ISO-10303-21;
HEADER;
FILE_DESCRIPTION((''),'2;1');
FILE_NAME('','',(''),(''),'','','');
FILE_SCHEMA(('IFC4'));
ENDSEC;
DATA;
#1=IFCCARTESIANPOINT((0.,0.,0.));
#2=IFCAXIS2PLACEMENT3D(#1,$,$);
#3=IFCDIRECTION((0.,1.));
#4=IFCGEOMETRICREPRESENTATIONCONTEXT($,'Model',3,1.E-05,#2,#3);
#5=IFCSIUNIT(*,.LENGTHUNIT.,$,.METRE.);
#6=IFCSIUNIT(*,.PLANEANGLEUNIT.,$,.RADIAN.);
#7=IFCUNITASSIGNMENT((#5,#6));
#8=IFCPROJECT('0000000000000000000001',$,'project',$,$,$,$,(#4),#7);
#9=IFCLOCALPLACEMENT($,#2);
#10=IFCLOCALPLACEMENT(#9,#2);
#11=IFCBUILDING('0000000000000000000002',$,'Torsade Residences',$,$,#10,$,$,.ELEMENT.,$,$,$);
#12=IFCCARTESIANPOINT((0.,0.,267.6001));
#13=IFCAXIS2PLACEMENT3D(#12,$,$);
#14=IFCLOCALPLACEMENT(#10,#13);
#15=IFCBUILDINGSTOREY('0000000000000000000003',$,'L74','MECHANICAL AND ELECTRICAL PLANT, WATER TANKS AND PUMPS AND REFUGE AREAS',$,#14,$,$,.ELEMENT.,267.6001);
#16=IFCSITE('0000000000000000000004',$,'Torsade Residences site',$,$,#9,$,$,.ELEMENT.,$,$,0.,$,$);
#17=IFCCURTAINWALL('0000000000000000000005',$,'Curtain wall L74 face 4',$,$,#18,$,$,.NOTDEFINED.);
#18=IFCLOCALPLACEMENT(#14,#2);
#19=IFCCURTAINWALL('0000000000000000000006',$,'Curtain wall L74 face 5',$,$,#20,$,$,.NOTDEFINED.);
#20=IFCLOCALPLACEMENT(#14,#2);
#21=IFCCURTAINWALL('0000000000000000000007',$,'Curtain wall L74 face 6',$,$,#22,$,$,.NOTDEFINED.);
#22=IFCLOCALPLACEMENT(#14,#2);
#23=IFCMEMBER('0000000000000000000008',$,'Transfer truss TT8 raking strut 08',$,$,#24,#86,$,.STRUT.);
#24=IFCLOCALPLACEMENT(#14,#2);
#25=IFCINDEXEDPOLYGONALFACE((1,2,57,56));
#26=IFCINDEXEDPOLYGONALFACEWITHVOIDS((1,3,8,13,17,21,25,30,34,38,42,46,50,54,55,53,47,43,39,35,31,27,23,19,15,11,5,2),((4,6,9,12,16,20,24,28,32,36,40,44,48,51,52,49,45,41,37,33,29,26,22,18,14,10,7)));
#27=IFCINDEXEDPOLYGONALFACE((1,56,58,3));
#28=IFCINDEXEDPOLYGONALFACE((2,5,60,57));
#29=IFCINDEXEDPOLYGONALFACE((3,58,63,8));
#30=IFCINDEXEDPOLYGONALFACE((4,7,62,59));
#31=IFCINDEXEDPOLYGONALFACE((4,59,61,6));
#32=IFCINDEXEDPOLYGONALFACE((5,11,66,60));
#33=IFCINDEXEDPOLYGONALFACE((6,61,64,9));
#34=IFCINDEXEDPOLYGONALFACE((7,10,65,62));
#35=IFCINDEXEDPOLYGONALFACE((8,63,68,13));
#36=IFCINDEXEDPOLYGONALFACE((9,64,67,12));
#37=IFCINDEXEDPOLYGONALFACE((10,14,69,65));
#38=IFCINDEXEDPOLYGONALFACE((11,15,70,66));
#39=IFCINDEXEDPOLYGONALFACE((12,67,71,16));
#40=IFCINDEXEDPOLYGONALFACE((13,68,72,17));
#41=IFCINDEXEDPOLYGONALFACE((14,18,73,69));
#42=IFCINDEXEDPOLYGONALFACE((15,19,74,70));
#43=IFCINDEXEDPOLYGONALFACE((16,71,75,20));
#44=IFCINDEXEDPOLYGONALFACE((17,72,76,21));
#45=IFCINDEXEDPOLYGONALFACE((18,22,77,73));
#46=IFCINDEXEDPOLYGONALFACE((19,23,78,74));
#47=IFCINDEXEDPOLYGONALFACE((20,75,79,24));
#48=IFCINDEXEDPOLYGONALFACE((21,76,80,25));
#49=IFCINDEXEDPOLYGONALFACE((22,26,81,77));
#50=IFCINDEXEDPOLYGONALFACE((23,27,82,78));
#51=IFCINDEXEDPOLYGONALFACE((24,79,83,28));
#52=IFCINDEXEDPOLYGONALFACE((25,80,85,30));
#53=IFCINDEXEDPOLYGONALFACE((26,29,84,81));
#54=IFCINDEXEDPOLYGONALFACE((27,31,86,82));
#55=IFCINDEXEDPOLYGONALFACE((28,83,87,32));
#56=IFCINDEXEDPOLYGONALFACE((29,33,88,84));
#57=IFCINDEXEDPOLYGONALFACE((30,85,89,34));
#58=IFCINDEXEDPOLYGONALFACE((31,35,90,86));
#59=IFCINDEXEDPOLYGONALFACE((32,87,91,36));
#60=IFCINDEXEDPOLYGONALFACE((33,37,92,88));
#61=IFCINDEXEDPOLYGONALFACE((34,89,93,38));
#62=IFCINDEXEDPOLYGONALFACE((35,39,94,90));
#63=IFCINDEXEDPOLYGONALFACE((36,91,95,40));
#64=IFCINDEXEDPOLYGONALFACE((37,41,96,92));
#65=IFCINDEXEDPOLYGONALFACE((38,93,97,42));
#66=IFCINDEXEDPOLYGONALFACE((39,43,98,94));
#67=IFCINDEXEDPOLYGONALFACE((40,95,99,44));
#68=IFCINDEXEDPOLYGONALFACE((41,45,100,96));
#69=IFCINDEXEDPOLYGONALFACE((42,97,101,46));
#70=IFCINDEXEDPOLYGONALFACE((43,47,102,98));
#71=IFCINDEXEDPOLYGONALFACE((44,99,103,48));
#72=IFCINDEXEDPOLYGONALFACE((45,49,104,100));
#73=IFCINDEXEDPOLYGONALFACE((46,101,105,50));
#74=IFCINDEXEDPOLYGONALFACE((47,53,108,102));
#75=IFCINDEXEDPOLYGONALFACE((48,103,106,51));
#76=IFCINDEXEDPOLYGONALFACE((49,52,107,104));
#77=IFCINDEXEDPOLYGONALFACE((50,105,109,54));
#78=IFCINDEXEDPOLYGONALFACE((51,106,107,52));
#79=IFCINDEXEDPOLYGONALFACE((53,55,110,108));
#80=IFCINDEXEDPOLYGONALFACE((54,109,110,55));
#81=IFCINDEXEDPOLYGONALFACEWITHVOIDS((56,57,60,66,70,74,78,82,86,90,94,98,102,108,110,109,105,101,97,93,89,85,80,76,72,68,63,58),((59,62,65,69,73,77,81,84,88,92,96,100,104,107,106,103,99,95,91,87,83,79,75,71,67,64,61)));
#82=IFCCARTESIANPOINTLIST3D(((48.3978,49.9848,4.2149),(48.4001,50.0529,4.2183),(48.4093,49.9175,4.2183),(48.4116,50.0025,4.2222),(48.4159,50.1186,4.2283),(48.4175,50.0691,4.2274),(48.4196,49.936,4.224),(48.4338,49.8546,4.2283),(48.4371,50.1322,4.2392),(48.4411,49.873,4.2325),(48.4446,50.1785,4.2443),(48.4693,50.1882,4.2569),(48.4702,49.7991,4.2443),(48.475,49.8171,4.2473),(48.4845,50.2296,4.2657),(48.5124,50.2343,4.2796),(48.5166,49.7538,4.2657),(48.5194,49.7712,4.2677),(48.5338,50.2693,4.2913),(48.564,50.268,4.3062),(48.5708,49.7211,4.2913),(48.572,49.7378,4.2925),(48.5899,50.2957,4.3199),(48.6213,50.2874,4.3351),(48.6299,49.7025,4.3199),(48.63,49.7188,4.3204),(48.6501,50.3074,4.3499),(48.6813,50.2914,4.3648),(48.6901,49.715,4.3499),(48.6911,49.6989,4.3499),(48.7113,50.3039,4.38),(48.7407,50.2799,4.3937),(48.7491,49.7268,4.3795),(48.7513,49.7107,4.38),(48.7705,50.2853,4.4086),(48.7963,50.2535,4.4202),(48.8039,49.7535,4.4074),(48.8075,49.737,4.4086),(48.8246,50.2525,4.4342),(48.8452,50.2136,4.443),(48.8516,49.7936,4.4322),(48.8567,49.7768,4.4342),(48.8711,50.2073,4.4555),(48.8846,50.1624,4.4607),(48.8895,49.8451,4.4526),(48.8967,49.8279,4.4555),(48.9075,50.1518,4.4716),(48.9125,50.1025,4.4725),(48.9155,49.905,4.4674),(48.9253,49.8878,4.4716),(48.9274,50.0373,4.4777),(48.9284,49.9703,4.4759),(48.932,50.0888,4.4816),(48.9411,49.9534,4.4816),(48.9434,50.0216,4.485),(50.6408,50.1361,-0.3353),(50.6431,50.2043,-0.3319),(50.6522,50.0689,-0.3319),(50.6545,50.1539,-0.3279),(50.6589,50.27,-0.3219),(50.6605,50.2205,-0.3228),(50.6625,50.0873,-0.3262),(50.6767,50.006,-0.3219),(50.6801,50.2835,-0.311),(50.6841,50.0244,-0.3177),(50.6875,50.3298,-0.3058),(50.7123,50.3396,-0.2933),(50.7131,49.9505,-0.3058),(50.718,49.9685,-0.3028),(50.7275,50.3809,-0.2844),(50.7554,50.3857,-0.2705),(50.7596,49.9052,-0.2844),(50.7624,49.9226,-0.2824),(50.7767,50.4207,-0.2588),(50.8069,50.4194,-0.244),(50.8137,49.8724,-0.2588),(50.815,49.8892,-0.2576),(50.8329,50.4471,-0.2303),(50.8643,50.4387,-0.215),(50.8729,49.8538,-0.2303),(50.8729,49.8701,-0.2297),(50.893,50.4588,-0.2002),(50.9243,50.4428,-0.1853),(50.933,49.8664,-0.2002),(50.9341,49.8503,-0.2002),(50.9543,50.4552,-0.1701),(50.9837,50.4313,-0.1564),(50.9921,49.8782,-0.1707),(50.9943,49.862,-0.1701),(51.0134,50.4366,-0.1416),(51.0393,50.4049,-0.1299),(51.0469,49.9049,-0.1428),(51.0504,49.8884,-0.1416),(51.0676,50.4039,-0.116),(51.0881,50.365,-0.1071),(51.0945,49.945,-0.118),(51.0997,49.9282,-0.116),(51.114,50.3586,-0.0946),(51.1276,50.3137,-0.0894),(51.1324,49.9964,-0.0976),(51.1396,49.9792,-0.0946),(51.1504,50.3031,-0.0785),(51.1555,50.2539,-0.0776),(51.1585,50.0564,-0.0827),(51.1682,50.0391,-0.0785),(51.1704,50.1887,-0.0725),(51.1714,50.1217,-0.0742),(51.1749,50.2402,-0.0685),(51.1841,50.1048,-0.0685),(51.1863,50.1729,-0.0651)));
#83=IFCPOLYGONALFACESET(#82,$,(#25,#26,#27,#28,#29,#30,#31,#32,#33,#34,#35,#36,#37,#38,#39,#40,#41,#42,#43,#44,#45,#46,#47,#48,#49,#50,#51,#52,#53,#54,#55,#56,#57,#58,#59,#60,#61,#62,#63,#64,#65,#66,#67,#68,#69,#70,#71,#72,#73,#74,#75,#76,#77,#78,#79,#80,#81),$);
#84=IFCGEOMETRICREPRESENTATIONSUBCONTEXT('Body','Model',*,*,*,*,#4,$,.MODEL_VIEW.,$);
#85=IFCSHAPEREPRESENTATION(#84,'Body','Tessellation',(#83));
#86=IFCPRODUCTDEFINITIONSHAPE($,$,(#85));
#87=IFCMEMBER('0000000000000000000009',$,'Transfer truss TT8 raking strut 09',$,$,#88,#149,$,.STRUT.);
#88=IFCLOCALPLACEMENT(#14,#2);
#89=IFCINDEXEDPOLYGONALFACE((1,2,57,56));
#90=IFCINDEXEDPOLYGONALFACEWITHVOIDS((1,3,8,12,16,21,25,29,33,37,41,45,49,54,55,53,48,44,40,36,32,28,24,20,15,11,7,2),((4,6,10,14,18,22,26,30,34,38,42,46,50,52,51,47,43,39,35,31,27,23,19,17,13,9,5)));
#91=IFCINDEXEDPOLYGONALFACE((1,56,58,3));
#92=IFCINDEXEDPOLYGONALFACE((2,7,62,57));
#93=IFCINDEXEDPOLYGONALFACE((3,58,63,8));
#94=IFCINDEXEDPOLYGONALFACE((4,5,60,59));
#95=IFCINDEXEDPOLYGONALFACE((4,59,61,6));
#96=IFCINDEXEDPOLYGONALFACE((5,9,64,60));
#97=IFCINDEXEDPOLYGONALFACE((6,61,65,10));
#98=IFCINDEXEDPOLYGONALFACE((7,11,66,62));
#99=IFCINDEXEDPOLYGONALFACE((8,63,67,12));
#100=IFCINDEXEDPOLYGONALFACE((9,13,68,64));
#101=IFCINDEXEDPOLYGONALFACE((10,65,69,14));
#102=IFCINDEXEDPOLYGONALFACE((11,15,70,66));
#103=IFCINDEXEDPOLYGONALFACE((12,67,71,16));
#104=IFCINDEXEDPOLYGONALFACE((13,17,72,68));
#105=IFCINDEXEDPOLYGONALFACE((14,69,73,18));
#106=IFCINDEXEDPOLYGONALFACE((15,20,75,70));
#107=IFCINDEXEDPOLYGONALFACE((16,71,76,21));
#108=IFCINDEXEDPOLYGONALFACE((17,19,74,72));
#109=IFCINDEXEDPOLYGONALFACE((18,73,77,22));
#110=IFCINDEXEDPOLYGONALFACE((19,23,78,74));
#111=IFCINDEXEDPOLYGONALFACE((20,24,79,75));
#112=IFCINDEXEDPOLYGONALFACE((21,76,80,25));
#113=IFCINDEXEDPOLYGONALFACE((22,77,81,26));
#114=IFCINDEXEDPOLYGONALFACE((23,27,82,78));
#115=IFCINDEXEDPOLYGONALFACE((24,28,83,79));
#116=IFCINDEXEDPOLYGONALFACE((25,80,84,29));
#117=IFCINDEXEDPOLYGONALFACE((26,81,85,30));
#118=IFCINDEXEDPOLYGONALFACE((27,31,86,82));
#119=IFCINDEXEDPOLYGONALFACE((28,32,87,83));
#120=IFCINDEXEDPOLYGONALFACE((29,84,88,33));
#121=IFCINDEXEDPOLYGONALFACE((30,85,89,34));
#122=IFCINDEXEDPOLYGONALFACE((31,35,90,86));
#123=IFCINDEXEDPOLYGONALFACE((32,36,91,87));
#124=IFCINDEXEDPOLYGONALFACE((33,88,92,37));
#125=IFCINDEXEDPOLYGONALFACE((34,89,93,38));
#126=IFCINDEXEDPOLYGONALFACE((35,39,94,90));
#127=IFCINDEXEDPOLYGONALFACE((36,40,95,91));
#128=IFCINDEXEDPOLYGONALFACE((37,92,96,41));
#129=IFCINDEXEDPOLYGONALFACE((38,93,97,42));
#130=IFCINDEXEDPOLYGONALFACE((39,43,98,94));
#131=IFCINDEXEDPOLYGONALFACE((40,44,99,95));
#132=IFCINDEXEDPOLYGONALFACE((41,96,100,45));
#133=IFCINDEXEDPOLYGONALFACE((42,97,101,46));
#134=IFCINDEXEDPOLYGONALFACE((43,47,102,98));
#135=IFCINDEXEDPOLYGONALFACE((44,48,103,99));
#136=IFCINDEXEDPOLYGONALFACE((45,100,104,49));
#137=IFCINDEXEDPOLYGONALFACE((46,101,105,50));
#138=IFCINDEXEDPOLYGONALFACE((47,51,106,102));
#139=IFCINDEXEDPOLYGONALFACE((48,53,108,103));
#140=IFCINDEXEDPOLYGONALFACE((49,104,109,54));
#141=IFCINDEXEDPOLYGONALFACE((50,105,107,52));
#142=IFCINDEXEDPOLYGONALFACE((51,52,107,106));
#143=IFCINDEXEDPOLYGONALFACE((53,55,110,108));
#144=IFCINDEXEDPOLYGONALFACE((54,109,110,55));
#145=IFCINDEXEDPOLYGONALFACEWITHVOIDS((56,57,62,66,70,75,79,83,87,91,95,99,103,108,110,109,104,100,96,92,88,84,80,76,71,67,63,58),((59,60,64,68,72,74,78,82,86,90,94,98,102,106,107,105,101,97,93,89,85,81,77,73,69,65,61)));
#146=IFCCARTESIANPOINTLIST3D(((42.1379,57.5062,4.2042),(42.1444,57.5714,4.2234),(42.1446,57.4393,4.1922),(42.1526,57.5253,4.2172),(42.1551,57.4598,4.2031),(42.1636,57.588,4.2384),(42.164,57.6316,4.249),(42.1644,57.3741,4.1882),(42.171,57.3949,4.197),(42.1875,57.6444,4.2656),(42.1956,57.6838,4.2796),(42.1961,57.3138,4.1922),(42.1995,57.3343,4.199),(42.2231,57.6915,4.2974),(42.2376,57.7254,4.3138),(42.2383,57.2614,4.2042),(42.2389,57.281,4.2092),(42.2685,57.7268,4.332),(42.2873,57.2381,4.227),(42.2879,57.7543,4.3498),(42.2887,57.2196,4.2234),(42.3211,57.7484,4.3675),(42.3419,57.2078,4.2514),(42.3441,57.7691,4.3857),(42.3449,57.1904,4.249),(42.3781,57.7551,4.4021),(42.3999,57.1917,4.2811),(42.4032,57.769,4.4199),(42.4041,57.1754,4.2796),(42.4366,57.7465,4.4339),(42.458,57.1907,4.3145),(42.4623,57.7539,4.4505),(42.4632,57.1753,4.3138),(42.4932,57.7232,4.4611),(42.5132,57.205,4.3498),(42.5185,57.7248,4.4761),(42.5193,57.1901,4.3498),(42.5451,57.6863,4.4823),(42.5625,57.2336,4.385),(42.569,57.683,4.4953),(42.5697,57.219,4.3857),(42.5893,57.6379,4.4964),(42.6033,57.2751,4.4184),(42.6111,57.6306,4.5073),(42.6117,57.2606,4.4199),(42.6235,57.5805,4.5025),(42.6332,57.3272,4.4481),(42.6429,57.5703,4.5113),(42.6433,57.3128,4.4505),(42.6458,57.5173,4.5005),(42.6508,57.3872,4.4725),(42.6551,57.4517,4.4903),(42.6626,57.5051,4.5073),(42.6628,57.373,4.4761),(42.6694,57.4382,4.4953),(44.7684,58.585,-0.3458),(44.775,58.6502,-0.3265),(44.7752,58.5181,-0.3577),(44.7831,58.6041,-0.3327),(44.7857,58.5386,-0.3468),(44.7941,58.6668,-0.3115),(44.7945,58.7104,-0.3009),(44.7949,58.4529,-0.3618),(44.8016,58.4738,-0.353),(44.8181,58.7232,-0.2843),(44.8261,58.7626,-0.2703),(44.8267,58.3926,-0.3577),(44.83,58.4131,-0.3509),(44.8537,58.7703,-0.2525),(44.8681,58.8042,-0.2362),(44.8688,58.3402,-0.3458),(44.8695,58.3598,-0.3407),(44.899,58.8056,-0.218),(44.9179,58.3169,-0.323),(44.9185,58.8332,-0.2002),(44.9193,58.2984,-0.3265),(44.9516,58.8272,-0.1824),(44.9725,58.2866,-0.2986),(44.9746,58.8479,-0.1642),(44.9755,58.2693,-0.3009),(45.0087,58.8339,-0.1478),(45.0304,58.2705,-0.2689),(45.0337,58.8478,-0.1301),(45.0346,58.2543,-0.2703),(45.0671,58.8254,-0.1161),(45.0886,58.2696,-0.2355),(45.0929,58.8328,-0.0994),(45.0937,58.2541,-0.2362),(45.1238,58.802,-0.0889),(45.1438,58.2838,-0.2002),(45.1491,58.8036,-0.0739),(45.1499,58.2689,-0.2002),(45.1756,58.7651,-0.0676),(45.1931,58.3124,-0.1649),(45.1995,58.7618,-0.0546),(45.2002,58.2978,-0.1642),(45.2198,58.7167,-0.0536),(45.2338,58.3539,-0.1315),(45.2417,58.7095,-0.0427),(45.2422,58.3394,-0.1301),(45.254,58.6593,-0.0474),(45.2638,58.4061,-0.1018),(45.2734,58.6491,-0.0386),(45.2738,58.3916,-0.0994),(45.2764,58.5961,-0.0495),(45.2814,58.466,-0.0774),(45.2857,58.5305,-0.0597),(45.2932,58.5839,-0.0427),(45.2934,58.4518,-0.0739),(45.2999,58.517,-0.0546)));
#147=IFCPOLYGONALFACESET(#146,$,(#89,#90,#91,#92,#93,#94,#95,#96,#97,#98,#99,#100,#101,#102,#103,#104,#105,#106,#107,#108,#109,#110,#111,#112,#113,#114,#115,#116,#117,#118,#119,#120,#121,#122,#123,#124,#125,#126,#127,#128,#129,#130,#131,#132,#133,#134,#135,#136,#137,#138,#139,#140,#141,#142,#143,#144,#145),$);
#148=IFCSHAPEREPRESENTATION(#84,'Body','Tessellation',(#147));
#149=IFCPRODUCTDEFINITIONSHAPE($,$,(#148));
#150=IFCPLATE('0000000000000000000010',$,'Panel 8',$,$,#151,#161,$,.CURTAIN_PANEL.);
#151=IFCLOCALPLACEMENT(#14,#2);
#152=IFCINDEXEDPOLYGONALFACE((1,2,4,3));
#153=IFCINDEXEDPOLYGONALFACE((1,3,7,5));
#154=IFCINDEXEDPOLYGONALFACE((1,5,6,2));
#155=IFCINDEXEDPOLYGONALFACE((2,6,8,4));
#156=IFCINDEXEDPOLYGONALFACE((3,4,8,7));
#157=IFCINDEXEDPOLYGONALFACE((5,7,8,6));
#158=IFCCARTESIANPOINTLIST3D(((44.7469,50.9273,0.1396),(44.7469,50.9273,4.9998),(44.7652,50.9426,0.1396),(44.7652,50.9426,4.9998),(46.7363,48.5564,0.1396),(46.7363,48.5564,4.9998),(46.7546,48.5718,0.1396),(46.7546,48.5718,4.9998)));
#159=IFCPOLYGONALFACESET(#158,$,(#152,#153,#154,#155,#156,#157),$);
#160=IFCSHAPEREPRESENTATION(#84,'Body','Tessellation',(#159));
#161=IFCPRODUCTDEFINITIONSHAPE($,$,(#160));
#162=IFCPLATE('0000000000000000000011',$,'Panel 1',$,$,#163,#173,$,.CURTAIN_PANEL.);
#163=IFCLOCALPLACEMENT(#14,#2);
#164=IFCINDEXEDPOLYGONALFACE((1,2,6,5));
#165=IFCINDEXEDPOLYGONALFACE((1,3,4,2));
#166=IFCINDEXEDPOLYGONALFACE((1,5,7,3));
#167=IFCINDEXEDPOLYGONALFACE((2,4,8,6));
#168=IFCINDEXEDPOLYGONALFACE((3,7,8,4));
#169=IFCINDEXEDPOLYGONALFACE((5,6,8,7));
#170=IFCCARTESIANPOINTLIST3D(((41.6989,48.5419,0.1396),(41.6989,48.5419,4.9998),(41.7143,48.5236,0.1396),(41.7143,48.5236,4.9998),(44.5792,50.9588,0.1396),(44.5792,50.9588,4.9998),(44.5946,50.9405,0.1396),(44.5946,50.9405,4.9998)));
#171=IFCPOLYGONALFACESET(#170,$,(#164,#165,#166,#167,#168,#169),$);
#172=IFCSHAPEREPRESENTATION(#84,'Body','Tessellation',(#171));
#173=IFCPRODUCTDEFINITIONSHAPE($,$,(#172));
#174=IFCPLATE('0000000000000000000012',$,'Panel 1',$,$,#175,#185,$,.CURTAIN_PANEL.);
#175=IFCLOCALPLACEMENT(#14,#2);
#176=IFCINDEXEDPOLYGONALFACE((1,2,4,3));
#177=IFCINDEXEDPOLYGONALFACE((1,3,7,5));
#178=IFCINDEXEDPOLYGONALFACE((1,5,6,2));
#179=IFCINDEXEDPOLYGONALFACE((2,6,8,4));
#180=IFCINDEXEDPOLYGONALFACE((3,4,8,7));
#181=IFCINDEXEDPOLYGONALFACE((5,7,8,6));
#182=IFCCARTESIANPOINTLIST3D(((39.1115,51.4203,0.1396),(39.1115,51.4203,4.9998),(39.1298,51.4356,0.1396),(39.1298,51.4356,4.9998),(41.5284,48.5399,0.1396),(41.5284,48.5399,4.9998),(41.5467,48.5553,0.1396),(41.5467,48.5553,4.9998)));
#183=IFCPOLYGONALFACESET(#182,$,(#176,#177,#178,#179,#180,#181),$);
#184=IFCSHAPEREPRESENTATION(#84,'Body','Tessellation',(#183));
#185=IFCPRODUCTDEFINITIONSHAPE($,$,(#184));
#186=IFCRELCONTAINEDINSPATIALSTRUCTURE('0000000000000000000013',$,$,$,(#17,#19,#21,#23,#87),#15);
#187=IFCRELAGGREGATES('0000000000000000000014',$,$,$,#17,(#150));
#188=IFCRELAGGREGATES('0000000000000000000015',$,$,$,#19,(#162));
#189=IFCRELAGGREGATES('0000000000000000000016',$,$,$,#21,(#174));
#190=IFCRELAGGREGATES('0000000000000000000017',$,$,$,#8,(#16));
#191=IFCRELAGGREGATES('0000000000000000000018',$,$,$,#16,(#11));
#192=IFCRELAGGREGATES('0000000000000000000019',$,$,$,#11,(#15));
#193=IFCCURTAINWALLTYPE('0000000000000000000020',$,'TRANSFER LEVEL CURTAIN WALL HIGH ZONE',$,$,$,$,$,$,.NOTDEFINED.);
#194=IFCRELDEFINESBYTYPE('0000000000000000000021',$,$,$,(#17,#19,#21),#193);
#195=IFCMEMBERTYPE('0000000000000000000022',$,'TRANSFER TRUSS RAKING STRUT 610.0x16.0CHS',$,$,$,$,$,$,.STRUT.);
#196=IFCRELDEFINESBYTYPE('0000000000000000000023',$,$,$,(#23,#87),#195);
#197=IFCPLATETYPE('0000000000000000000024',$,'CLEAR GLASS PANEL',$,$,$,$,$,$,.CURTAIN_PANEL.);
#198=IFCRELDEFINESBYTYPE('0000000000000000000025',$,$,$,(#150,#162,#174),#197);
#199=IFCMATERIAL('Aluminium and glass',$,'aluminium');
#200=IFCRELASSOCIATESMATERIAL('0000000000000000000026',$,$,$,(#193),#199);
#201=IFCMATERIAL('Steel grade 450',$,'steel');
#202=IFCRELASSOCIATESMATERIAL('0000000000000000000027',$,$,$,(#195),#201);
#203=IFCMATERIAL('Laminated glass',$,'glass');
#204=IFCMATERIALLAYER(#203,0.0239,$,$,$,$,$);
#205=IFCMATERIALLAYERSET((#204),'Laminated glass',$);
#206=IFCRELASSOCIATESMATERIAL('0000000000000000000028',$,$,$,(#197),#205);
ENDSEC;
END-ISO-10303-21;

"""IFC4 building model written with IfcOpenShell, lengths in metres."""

from ifc_helpers import new_model, si_unit, direction, frame, origin, origin_2d, place, context, subcontext, project, spatial, rectangle, hollow_circle, extrude, material, layer, layer_set, material_profile, profile_set, type_object, element, aggregate, save


model = new_model("IFC4")

# Units and contexts
model_context = context("Model", 3, precision=1e-05, world=origin(), true_north=direction((0.0, 1.0)))
body_context = subcontext(model_context, "Body", "Model", "MODEL_VIEW")
ifc_project = project(units=[si_unit("LENGTHUNIT", "METRE"), si_unit("PLANEANGLEUNIT", "RADIAN")], contexts=[model_context])

# Site, building, storey
site_placement = place(None, origin())
site = spatial("IfcSite", under=ifc_project, at=site_placement, Name="Torsade Residences site", CompositionType="ELEMENT", RefElevation=0.0)
building_placement = place(site_placement, origin())
building = spatial("IfcBuilding", under=site, at=building_placement, Name="Torsade Residences", CompositionType="ELEMENT")
storey_placement = place(building_placement, frame((0.0, 0.0, 267.6001)))
storey = spatial("IfcBuildingStorey", under=building, at=storey_placement, Name="L74", Description="MECHANICAL AND ELECTRICAL PLANT, WATER TANKS AND PUMPS AND REFUGE AREAS", CompositionType="ELEMENT", Elevation=267.6001)

# Curtain walls
ifc_material_1 = material(Name="Aluminium and glass", Category="aluminium")
curtain_wall_type = type_object("IfcCurtainWallType", Name="TRANSFER LEVEL CURTAIN WALL HIGH ZONE", PredefinedType="NOTDEFINED", material=ifc_material_1)
curtain_wall_1_placement = place(storey_placement, origin())
curtain_wall_1 = element("IfcCurtainWall", 1, at=curtain_wall_1_placement, inside=storey, type_object=curtain_wall_type, Name="Curtain wall L74 face 4", PredefinedType="NOTDEFINED")
curtain_wall_2_placement = place(storey_placement, origin())
curtain_wall_2 = element("IfcCurtainWall", 2, at=curtain_wall_2_placement, inside=storey, type_object=curtain_wall_type, Name="Curtain wall L74 face 5", PredefinedType="NOTDEFINED")

# Curtain wall
curtain_wall_3_placement = place(storey_placement, origin())
curtain_wall_3 = element("IfcCurtainWall", 3, at=curtain_wall_3_placement, inside=storey, type_object=curtain_wall_type, Name="Curtain wall L74 face 6", PredefinedType="NOTDEFINED")

# Members
ifc_material_2 = material(Name="Steel grade 450", Category="steel")
ifc_material_profile_1 = material_profile(ifc_material_2, hollow_circle(Radius=0.3049, WallThickness=0.0161, at=origin_2d()), Name="610.0x16.0CHS")
ifc_profile_set_1 = profile_set([ifc_material_profile_1], Name="Steel grade 450")
member_type_1 = type_object("IfcMemberType", Name="TRANSFER TRUSS RAKING STRUT 610.0x16.0CHS", PredefinedType="STRUT", material=ifc_profile_set_1)
member_1_placement = place(storey_placement, frame((50.9136, 50.1545, -0.2002), z_axis=(-0.441947, -0.029826, 0.896545), x_axis=(0.067334, -0.997731, 0.0)))
element("IfcMember", 4, at=member_1_placement, inside=storey, type_object=member_type_1, Name="Transfer truss TT8 raking strut 08", PredefinedType="STRUT", context=body_context, shape_type="SweptSolid", body=[
    extrude(hollow_circle(Radius=0.3049, WallThickness=0.0161, at=origin_2d()), origin(), (0.0, 0.0, 1.0), 5.0752),
])
member_2_placement = place(storey_placement, frame((45.0342, 58.551, -0.2002), z_axis=(-0.490297, -0.201079, 0.848043), x_axis=(0.379445, -0.925214, 0.0)))
element("IfcMember", 5, at=member_2_placement, inside=storey, type_object=member_type_1, Name="Transfer truss TT8 raking strut 09", PredefinedType="STRUT", context=body_context, shape_type="SweptSolid", body=[
    extrude(hollow_circle(Radius=0.3049, WallThickness=0.0161, at=origin_2d()), origin(), (0.0, 0.0, 1.0), 5.3652),
])

# Plates
ifc_material_3 = material(Name="Laminated glass", Category="glass")
ifc_layer = layer(ifc_material_3, 0.0239)
ifc_layer_set = layer_set([ifc_layer], Name="Laminated glass")
plate_type = type_object("IfcPlateType", Name="CLEAR GLASS PANEL", PredefinedType="CURTAIN_PANEL", material=ifc_layer_set)
plate_1_placement = place(storey_placement, frame((45.7507, 49.7495, 0.1396), z_axis=(0.0, 0.0, 1.0), x_axis=(-0.642788, 0.766044, 0.0)))
plate_1 = element("IfcPlate", 6, at=plate_1_placement, type_object=plate_type, Name="Panel 8", PredefinedType="CURTAIN_PANEL", context=body_context, shape_type="SweptSolid", body=[
    extrude(rectangle(XDim=3.095, YDim=0.0239, at=origin_2d()), origin(), (0.0, 0.0, 1.0), 4.8601),
])
aggregate(curtain_wall_1, [plate_1])
plate_2_placement = place(storey_placement, frame((43.1467, 49.7412, 0.1396), z_axis=(0.0, 0.0, 1.0), x_axis=(-0.766044, -0.642788, 0.0)))
plate_2 = element("IfcPlate", 7, at=plate_2_placement, type_object=plate_type, Name="Panel 1", PredefinedType="CURTAIN_PANEL", context=body_context, shape_type="SweptSolid", body=[
    extrude(rectangle(XDim=3.76, YDim=0.0239, at=origin_2d()), origin(), (0.0, 0.0, 1.0), 4.8601),
])
aggregate(curtain_wall_2, [plate_2])
plate_3_placement = place(storey_placement, frame((40.3291, 49.9878, 0.1396), z_axis=(0.0, 0.0, 1.0), x_axis=(-0.642788, 0.766044, 0.0)))
plate_3 = element("IfcPlate", 8, at=plate_3_placement, type_object=plate_type, Name="Panel 1", PredefinedType="CURTAIN_PANEL", context=body_context, shape_type="SweptSolid", body=[
    extrude(rectangle(XDim=3.76, YDim=0.0239, at=origin_2d()), origin(), (0.0, 0.0, 1.0), 4.8601),
])
aggregate(curtain_wall_3, [plate_3])

save(model, "model.ifc")
